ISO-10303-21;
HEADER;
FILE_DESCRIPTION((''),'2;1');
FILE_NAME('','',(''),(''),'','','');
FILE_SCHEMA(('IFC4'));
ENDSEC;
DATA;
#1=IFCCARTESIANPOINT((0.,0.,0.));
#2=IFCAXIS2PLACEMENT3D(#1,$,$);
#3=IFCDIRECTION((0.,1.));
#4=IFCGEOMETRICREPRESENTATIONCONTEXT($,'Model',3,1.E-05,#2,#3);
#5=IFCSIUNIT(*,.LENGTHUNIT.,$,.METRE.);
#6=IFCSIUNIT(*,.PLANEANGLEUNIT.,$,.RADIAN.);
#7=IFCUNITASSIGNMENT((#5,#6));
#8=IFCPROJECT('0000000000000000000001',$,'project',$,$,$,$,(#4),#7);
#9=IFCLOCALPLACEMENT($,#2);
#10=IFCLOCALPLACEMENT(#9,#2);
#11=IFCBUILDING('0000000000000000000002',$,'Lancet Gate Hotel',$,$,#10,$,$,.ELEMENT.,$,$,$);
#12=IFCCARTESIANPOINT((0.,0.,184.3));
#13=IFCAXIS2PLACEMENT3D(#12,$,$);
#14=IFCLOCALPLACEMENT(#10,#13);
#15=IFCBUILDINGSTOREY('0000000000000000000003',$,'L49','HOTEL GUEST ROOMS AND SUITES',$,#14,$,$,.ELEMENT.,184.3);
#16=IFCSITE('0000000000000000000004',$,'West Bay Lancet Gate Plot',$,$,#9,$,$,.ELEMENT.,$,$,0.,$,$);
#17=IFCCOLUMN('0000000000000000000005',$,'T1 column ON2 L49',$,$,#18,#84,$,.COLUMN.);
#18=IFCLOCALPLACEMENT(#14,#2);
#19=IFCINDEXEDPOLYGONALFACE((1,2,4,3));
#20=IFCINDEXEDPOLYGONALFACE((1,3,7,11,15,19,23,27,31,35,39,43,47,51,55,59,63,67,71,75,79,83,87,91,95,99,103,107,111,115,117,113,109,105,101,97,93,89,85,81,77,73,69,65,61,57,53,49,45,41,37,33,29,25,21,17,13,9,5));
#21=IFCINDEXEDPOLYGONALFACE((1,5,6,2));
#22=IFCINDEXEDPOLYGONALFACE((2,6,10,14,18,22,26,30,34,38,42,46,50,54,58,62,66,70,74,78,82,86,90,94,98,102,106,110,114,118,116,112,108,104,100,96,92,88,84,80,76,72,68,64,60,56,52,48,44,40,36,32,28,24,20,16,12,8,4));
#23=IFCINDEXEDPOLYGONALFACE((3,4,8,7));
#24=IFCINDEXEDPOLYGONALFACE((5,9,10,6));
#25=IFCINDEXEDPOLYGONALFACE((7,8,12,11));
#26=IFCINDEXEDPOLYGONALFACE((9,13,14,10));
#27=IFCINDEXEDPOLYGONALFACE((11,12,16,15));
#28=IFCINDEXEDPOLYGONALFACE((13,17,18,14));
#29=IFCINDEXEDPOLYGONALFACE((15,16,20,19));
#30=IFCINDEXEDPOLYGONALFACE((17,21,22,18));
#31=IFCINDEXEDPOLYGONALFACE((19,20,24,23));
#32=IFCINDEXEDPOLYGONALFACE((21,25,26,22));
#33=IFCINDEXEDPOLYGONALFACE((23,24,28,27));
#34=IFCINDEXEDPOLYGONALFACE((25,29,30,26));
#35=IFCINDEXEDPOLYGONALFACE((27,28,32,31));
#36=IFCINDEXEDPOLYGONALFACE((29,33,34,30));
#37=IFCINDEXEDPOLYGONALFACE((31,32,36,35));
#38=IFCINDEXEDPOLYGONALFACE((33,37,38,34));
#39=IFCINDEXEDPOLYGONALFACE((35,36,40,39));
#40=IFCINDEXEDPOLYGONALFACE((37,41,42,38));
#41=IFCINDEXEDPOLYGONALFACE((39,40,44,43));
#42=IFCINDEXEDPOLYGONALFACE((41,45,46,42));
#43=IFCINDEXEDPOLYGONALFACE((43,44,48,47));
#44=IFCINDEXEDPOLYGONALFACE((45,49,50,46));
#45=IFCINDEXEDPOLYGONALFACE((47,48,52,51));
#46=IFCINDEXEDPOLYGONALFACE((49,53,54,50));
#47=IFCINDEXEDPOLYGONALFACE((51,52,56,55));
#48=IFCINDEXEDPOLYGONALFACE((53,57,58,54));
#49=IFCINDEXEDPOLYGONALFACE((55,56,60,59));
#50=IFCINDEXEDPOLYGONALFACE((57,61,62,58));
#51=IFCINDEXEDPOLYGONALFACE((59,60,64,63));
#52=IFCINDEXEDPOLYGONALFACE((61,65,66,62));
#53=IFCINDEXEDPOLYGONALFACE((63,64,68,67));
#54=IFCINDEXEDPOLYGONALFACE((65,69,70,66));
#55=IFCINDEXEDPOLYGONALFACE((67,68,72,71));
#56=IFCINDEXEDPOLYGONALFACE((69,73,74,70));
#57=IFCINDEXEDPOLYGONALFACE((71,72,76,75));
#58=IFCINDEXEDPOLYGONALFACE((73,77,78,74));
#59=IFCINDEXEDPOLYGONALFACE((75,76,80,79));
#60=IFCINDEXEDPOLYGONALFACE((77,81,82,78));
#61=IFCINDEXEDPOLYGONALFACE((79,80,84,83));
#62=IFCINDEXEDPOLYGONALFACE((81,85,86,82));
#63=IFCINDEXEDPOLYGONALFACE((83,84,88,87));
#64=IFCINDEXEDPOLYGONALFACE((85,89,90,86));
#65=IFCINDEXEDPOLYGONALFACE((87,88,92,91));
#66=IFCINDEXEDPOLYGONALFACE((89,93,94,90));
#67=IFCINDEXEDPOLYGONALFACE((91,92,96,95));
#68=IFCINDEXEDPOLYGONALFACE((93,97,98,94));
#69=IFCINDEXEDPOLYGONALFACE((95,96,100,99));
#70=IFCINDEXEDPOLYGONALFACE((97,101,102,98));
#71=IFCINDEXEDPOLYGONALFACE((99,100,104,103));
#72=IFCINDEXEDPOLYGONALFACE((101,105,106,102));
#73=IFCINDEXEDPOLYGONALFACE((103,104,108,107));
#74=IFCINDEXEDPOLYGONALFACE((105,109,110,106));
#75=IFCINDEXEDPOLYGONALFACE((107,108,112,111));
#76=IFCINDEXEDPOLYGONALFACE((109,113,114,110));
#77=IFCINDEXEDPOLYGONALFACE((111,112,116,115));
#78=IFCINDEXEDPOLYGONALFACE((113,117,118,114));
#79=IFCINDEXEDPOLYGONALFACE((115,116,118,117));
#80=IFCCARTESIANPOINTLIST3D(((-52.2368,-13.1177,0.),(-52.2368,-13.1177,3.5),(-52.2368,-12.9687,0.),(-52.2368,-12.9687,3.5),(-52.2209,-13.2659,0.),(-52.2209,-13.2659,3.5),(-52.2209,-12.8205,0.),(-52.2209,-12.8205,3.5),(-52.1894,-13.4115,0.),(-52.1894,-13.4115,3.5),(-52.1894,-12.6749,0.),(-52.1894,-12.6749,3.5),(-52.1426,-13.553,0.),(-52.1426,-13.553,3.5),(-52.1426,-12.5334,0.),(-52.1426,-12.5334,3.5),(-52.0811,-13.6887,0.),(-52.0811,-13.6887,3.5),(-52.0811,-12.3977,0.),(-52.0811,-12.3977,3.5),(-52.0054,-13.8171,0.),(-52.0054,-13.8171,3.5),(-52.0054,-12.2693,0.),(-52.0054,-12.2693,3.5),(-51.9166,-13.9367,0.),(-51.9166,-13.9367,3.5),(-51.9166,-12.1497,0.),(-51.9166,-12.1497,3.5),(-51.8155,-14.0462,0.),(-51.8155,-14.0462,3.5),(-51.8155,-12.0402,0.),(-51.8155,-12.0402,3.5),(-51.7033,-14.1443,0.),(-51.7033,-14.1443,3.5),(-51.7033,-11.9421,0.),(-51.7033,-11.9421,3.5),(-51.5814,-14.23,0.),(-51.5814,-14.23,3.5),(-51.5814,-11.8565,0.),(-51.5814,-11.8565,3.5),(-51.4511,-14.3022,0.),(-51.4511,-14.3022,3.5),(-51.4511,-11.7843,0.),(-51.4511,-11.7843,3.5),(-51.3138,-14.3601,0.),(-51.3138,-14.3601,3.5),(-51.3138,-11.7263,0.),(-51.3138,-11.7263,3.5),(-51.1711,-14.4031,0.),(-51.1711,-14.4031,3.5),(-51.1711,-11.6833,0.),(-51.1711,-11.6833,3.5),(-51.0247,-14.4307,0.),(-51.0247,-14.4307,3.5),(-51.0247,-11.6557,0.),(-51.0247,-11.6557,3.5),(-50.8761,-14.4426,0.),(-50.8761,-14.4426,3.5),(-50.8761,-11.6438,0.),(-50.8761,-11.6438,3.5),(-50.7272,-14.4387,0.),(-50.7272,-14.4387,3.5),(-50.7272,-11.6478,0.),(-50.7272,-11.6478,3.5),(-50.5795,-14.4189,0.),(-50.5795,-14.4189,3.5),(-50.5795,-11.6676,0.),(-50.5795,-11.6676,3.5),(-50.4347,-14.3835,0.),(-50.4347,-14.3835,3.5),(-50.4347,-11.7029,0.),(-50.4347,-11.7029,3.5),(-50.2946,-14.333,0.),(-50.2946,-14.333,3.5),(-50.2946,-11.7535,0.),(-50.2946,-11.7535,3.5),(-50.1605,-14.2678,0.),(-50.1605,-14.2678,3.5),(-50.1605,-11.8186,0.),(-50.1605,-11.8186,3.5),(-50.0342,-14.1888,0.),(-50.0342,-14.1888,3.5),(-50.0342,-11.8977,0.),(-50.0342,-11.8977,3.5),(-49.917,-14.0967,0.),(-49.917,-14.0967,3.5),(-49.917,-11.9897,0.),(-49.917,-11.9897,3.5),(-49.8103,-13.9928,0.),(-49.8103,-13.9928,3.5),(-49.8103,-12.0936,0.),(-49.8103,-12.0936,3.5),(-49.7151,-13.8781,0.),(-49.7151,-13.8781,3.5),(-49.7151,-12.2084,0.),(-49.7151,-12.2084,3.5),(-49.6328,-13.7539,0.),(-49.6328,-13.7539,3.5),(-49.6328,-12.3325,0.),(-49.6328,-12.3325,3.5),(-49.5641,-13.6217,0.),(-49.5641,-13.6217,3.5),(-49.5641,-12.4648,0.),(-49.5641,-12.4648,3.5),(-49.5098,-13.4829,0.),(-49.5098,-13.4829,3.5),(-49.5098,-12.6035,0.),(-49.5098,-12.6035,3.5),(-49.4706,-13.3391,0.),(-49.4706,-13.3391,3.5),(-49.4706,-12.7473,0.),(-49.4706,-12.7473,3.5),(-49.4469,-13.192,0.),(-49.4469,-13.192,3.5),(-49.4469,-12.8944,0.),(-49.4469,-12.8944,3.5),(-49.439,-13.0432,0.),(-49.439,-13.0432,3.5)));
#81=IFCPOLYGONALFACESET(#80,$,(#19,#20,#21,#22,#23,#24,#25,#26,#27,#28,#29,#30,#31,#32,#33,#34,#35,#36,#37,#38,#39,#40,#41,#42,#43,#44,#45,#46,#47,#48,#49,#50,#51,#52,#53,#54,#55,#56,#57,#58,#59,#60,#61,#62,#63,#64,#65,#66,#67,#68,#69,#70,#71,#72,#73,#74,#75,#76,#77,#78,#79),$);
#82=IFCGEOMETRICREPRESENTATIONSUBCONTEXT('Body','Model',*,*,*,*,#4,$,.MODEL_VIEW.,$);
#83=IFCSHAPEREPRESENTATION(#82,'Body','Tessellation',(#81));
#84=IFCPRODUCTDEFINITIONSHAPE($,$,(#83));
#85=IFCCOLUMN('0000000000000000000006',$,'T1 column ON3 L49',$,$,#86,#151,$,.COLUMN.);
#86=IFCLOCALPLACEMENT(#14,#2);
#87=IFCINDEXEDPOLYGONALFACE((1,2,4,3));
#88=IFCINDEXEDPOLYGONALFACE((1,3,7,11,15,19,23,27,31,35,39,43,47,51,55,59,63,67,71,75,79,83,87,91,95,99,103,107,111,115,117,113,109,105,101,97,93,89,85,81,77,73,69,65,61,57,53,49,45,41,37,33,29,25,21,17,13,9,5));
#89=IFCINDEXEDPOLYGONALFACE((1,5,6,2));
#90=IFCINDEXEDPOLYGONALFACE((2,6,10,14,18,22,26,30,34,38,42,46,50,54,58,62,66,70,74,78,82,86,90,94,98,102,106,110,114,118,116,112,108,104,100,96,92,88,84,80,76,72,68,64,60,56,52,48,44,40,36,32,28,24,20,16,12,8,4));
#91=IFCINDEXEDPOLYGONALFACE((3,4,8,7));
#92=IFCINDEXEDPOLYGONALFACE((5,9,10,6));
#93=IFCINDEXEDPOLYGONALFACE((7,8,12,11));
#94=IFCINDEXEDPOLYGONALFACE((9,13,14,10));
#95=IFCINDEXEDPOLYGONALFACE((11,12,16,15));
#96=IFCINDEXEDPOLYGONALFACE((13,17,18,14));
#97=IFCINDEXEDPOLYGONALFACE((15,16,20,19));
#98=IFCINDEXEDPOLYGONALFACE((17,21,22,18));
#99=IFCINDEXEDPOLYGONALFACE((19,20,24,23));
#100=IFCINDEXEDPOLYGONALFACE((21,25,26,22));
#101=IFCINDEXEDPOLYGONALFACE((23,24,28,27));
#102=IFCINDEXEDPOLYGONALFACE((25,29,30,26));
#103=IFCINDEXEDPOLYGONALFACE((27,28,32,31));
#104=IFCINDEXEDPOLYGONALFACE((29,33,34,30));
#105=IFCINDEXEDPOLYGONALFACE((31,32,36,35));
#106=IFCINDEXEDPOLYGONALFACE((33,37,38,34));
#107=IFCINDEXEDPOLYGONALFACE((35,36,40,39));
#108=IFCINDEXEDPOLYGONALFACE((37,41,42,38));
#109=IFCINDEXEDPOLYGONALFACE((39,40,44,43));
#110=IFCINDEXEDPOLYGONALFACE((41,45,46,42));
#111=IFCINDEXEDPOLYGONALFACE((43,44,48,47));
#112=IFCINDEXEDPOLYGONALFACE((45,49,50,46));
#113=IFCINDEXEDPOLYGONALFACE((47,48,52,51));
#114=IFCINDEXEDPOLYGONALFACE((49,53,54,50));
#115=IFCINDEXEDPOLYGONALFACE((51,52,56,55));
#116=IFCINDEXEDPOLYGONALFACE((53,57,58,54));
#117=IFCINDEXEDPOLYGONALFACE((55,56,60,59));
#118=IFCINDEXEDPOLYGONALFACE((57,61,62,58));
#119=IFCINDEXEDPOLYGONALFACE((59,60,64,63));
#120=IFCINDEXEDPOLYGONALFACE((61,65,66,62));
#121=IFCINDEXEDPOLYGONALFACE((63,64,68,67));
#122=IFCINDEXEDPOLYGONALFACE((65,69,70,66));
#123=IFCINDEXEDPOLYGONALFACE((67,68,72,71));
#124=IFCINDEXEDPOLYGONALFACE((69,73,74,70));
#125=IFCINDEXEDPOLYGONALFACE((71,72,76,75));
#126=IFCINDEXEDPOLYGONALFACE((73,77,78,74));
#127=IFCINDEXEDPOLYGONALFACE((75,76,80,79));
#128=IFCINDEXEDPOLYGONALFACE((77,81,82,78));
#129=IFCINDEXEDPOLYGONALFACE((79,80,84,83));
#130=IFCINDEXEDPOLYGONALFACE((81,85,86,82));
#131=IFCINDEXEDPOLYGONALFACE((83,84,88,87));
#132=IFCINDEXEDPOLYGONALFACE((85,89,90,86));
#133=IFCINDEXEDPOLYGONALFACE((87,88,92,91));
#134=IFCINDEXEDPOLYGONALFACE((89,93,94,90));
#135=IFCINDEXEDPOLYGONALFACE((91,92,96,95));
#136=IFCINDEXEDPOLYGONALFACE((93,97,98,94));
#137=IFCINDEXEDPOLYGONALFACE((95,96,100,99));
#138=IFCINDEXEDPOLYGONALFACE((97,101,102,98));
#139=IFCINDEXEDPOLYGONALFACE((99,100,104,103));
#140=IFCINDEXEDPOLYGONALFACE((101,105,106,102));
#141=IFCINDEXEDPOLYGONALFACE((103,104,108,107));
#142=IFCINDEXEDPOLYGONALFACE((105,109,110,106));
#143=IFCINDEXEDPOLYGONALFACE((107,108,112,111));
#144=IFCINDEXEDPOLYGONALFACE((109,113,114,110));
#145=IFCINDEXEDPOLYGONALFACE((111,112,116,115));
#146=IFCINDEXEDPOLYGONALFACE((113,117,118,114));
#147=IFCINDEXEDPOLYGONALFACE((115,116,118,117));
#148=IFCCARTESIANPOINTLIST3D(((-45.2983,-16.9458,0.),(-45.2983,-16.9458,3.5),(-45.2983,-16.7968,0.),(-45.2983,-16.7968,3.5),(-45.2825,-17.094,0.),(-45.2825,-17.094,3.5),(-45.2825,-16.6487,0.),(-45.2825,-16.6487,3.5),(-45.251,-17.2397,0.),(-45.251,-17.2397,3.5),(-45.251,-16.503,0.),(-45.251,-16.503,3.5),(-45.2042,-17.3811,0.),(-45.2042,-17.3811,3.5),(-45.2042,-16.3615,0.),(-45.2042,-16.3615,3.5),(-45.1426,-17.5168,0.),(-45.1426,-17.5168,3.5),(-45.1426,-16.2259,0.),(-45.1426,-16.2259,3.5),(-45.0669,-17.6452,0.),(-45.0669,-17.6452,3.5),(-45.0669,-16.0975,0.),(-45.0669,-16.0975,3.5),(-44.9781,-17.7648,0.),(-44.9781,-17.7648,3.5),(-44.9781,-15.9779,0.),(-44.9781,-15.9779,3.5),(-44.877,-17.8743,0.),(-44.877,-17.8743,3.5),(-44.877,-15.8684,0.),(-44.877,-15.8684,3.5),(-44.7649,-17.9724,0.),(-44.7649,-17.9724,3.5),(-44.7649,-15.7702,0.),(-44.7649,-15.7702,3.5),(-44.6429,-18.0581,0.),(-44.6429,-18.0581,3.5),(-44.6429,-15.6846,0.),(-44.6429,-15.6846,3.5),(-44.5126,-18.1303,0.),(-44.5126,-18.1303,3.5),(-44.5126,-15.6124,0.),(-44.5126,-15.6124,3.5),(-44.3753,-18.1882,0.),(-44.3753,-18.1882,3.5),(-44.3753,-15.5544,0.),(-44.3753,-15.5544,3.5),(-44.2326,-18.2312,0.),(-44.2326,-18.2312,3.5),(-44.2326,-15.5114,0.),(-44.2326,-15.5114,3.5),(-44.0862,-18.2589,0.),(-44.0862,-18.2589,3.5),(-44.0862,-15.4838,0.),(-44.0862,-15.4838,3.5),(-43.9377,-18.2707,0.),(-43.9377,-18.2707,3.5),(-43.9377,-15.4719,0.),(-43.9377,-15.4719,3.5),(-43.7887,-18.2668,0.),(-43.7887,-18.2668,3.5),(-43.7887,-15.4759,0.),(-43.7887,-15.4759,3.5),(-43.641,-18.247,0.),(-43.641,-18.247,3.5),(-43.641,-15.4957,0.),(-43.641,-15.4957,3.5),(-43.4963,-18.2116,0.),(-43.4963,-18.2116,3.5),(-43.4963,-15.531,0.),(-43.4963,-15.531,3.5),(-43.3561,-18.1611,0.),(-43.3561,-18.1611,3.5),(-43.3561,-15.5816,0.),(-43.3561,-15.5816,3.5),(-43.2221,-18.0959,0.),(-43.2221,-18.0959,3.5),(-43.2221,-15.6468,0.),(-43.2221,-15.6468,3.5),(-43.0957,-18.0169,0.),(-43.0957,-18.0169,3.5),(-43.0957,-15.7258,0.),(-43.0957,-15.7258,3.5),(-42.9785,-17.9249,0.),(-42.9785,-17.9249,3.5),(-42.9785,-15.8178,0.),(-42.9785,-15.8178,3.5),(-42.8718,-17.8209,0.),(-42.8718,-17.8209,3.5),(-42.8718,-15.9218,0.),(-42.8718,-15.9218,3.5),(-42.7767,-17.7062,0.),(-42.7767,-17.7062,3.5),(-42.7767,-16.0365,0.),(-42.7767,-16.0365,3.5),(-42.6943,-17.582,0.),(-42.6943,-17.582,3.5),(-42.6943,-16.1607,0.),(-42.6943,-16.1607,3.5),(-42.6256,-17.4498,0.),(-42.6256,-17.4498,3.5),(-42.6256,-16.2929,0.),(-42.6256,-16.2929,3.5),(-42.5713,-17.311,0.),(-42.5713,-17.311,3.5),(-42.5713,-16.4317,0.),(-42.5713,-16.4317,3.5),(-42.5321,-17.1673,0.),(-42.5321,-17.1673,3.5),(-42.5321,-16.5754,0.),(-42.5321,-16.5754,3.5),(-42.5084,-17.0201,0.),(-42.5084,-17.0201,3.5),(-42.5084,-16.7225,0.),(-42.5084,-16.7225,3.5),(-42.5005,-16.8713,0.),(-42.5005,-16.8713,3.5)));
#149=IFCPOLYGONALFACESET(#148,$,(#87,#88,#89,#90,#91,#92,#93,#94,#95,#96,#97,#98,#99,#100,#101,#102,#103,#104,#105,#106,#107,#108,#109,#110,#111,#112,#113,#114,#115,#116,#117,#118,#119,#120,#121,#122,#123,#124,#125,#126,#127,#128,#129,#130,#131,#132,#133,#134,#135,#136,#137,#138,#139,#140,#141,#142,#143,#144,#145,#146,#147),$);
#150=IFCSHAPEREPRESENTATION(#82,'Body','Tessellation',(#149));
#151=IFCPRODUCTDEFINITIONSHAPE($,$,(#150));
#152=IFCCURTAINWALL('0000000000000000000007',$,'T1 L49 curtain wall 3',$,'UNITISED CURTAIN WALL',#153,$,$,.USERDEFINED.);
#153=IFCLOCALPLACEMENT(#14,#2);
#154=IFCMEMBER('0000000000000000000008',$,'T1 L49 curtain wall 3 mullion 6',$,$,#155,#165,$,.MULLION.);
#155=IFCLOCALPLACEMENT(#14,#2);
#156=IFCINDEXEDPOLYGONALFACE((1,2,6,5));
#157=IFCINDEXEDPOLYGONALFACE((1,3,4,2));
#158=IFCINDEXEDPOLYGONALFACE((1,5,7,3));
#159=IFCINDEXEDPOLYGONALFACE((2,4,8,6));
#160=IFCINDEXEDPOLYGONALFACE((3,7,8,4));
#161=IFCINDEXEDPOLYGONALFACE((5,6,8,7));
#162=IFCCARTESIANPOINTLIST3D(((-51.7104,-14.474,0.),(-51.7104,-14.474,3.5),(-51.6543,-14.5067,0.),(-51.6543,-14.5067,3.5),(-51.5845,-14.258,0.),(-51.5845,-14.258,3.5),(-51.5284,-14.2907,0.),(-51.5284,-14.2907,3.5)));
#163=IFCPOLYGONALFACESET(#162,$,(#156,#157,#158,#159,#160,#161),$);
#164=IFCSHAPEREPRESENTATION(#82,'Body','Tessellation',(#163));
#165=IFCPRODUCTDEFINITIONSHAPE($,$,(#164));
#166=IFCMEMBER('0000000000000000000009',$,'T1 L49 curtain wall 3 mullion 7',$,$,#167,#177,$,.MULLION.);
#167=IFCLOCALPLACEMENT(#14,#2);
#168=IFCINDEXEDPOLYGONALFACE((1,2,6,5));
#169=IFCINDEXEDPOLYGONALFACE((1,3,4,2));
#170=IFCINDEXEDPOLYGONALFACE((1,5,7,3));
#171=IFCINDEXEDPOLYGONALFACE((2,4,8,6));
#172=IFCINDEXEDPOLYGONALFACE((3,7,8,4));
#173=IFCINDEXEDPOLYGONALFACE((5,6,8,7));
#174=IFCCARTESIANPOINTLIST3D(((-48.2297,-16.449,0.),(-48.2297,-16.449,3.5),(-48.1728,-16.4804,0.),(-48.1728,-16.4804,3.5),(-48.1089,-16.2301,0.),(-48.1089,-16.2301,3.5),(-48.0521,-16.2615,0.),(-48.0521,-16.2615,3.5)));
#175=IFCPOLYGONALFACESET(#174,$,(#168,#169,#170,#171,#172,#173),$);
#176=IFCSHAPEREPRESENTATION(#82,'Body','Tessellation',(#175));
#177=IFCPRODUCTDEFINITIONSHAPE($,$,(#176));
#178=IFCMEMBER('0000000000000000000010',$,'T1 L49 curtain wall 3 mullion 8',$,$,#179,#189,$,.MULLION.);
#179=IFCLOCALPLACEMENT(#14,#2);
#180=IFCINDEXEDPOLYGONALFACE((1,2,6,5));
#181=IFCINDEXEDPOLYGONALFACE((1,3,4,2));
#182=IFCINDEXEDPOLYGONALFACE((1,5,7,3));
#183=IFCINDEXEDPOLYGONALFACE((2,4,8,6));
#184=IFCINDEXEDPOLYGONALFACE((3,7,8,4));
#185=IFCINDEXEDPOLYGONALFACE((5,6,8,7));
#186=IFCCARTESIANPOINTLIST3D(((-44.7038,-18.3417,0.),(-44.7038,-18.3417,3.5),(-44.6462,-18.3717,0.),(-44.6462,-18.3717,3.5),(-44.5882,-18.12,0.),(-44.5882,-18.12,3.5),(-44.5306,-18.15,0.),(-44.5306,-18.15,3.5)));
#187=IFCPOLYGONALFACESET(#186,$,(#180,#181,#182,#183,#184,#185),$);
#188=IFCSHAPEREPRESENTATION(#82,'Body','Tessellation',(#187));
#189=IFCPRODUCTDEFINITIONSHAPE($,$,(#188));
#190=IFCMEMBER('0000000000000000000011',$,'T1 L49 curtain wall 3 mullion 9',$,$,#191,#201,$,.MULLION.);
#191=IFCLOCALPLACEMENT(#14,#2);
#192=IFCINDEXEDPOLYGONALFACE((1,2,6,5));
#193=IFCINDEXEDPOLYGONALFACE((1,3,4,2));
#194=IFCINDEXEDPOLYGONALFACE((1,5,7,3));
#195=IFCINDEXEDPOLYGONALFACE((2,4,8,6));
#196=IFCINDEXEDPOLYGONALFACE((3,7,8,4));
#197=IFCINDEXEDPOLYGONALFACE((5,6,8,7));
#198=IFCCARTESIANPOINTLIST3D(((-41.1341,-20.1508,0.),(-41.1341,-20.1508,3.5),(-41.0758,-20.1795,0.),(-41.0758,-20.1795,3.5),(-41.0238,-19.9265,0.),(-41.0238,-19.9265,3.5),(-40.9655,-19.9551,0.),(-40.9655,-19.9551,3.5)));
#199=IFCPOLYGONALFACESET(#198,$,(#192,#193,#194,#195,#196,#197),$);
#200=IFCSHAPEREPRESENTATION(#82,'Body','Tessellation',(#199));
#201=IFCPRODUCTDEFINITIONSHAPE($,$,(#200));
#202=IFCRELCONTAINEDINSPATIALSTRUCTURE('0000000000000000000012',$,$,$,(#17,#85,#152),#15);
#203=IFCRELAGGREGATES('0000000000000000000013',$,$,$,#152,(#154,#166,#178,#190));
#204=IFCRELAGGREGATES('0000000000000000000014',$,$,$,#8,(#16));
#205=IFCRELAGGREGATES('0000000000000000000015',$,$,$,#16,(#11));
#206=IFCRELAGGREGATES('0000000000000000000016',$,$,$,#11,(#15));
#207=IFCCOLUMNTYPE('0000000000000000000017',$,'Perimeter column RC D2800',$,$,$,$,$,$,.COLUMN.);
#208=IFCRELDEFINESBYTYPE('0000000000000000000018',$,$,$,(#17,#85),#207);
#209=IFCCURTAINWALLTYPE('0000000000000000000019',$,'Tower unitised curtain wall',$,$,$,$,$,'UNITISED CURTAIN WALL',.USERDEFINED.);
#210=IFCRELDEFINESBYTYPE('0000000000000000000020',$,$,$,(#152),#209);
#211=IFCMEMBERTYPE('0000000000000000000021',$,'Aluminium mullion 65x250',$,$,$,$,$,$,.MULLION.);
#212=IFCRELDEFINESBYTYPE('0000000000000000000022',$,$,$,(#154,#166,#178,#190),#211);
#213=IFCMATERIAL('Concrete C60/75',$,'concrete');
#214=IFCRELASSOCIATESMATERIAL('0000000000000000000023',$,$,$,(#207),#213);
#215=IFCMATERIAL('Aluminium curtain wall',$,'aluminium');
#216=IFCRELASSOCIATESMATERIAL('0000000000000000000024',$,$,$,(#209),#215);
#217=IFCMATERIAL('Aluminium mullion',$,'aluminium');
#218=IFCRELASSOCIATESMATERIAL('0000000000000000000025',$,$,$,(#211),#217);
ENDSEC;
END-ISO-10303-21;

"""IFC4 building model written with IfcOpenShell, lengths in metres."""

from ifc_helpers import new_model, si_unit, direction, frame, origin, origin_2d, place, context, subcontext, project, spatial, rectangle, circle, extrude, material, material_profile, profile_set, type_object, element, aggregate, save


model = new_model("IFC4")

# Units and contexts
model_context = context("Model", 3, precision=1e-05, world=origin(), true_north=direction((0.0, 1.0)))
body_context = subcontext(model_context, "Body", "Model", "MODEL_VIEW")
ifc_project = project(units=[si_unit("LENGTHUNIT", "METRE"), si_unit("PLANEANGLEUNIT", "RADIAN")], contexts=[model_context])

# Site, building, storey
site_placement = place(None, origin())
site = spatial("IfcSite", under=ifc_project, at=site_placement, Name="West Bay Lancet Gate Plot", CompositionType="ELEMENT", RefElevation=0.0)
building_placement = place(site_placement, origin())
building = spatial("IfcBuilding", under=site, at=building_placement, Name="Lancet Gate Hotel", CompositionType="ELEMENT")
storey_placement = place(building_placement, frame((0.0, 0.0, 184.3)))
storey = spatial("IfcBuildingStorey", under=building, at=storey_placement, Name="L49", Description="HOTEL GUEST ROOMS AND SUITES", CompositionType="ELEMENT", Elevation=184.3)

# Columns
ifc_material_1 = material(Name="Concrete C60/75", Category="concrete")
ifc_material_profile_1 = material_profile(ifc_material_1, circle(Radius=1.3999, at=origin_2d()), Name="RC D2800")
ifc_profile_set_1 = profile_set([ifc_material_profile_1], Name="Concrete C60/75")
column_type = type_object("IfcColumnType", Name="Perimeter column RC D2800", PredefinedType="COLUMN", material=ifc_profile_set_1)
for number, where, z_axis, x_axis, name in (
    (1, (-50.8389, -13.0432, 0.0), (0.0, 0.0, 1.0), (1.0, 0.0, 0.0), "T1 column ON2 L49"),
    (2, (-43.9004, -16.8713, 0.0), (0.0, 0.0, 1.0), (1.0, 0.0, 0.0), "T1 column ON3 L49"),
):
    element("IfcColumn", number, at=place(storey_placement, frame(where, z_axis=z_axis, x_axis=x_axis)), inside=storey, type_object=column_type, Name=name, PredefinedType="COLUMN", context=body_context, shape_type="SweptSolid", body=[
        extrude(circle(Radius=1.3999, at=origin_2d()), origin(), (0.0, 0.0, 1.0), 3.5),
    ])

# Curtain wall, members
ifc_material_2 = material(Name="Aluminium curtain wall", Category="aluminium")
curtain_wall_type = type_object("IfcCurtainWallType", Name="Tower unitised curtain wall", ElementType="UNITISED CURTAIN WALL", PredefinedType="USERDEFINED", material=ifc_material_2)
curtain_wall_placement = place(storey_placement, origin())
curtain_wall = element("IfcCurtainWall", 3, at=curtain_wall_placement, inside=storey, type_object=curtain_wall_type, Name="T1 L49 curtain wall 3", ObjectType="UNITISED CURTAIN WALL", PredefinedType="USERDEFINED")
ifc_material_3 = material(Name="Aluminium mullion", Category="aluminium")
ifc_material_profile_2 = material_profile(ifc_material_3, rectangle(XDim=0.0649, YDim=0.25, at=origin_2d()), Name="MULLION 65x250")
ifc_profile_set_2 = profile_set([ifc_material_profile_2], Name="Aluminium mullion")
member_type_1 = type_object("IfcMemberType", Name="Aluminium mullion 65x250", PredefinedType="MULLION", material=ifc_profile_set_2)
member_1_placement = place(storey_placement, frame((-51.6194, -14.3823, 0.0), z_axis=(0.0, 0.0, 1.0), x_axis=(0.863969, -0.503545, 0.0)))
member_1 = element("IfcMember", 4, at=member_1_placement, type_object=member_type_1, Name="T1 L49 curtain wall 3 mullion 6", PredefinedType="MULLION", context=body_context, shape_type="SweptSolid", body=[
    extrude(rectangle(XDim=0.0649, YDim=0.25, at=origin_2d()), origin(), (0.0, 0.0, 1.0), 3.5),
])
member_2_placement = place(storey_placement, frame((-48.1409, -16.3552, 0.0), z_axis=(0.0, 0.0, 1.0), x_axis=(0.875574, -0.483084, 0.0)))
member_2 = element("IfcMember", 5, at=member_2_placement, type_object=member_type_1, Name="T1 L49 curtain wall 3 mullion 7", PredefinedType="MULLION", context=body_context, shape_type="SweptSolid", body=[
    extrude(rectangle(XDim=0.0649, YDim=0.25, at=origin_2d()), origin(), (0.0, 0.0, 1.0), 3.5),
])
member_3_placement = place(storey_placement, frame((-44.6172, -18.2458, 0.0), z_axis=(0.0, 0.0, 1.0), x_axis=(0.886694, -0.462356, 0.0)))
member_3 = element("IfcMember", 6, at=member_3_placement, type_object=member_type_1, Name="T1 L49 curtain wall 3 mullion 8", PredefinedType="MULLION", context=body_context, shape_type="SweptSolid", body=[
    extrude(rectangle(XDim=0.0649, YDim=0.25, at=origin_2d()), origin(), (0.0, 0.0, 1.0), 3.5),
])
member_4_placement = place(storey_placement, frame((-41.0498, -20.053, 0.0), z_axis=(0.0, 0.0, 1.0), x_axis=(0.897324, -0.441372, 0.0)))
member_4 = element("IfcMember", 7, at=member_4_placement, type_object=member_type_1, Name="T1 L49 curtain wall 3 mullion 9", PredefinedType="MULLION", context=body_context, shape_type="SweptSolid", body=[
    extrude(rectangle(XDim=0.0649, YDim=0.25, at=origin_2d()), origin(), (0.0, 0.0, 1.0), 3.5),
])

aggregate(curtain_wall, [member_1, member_2, member_3, member_4])

save(model, "model.ifc")
